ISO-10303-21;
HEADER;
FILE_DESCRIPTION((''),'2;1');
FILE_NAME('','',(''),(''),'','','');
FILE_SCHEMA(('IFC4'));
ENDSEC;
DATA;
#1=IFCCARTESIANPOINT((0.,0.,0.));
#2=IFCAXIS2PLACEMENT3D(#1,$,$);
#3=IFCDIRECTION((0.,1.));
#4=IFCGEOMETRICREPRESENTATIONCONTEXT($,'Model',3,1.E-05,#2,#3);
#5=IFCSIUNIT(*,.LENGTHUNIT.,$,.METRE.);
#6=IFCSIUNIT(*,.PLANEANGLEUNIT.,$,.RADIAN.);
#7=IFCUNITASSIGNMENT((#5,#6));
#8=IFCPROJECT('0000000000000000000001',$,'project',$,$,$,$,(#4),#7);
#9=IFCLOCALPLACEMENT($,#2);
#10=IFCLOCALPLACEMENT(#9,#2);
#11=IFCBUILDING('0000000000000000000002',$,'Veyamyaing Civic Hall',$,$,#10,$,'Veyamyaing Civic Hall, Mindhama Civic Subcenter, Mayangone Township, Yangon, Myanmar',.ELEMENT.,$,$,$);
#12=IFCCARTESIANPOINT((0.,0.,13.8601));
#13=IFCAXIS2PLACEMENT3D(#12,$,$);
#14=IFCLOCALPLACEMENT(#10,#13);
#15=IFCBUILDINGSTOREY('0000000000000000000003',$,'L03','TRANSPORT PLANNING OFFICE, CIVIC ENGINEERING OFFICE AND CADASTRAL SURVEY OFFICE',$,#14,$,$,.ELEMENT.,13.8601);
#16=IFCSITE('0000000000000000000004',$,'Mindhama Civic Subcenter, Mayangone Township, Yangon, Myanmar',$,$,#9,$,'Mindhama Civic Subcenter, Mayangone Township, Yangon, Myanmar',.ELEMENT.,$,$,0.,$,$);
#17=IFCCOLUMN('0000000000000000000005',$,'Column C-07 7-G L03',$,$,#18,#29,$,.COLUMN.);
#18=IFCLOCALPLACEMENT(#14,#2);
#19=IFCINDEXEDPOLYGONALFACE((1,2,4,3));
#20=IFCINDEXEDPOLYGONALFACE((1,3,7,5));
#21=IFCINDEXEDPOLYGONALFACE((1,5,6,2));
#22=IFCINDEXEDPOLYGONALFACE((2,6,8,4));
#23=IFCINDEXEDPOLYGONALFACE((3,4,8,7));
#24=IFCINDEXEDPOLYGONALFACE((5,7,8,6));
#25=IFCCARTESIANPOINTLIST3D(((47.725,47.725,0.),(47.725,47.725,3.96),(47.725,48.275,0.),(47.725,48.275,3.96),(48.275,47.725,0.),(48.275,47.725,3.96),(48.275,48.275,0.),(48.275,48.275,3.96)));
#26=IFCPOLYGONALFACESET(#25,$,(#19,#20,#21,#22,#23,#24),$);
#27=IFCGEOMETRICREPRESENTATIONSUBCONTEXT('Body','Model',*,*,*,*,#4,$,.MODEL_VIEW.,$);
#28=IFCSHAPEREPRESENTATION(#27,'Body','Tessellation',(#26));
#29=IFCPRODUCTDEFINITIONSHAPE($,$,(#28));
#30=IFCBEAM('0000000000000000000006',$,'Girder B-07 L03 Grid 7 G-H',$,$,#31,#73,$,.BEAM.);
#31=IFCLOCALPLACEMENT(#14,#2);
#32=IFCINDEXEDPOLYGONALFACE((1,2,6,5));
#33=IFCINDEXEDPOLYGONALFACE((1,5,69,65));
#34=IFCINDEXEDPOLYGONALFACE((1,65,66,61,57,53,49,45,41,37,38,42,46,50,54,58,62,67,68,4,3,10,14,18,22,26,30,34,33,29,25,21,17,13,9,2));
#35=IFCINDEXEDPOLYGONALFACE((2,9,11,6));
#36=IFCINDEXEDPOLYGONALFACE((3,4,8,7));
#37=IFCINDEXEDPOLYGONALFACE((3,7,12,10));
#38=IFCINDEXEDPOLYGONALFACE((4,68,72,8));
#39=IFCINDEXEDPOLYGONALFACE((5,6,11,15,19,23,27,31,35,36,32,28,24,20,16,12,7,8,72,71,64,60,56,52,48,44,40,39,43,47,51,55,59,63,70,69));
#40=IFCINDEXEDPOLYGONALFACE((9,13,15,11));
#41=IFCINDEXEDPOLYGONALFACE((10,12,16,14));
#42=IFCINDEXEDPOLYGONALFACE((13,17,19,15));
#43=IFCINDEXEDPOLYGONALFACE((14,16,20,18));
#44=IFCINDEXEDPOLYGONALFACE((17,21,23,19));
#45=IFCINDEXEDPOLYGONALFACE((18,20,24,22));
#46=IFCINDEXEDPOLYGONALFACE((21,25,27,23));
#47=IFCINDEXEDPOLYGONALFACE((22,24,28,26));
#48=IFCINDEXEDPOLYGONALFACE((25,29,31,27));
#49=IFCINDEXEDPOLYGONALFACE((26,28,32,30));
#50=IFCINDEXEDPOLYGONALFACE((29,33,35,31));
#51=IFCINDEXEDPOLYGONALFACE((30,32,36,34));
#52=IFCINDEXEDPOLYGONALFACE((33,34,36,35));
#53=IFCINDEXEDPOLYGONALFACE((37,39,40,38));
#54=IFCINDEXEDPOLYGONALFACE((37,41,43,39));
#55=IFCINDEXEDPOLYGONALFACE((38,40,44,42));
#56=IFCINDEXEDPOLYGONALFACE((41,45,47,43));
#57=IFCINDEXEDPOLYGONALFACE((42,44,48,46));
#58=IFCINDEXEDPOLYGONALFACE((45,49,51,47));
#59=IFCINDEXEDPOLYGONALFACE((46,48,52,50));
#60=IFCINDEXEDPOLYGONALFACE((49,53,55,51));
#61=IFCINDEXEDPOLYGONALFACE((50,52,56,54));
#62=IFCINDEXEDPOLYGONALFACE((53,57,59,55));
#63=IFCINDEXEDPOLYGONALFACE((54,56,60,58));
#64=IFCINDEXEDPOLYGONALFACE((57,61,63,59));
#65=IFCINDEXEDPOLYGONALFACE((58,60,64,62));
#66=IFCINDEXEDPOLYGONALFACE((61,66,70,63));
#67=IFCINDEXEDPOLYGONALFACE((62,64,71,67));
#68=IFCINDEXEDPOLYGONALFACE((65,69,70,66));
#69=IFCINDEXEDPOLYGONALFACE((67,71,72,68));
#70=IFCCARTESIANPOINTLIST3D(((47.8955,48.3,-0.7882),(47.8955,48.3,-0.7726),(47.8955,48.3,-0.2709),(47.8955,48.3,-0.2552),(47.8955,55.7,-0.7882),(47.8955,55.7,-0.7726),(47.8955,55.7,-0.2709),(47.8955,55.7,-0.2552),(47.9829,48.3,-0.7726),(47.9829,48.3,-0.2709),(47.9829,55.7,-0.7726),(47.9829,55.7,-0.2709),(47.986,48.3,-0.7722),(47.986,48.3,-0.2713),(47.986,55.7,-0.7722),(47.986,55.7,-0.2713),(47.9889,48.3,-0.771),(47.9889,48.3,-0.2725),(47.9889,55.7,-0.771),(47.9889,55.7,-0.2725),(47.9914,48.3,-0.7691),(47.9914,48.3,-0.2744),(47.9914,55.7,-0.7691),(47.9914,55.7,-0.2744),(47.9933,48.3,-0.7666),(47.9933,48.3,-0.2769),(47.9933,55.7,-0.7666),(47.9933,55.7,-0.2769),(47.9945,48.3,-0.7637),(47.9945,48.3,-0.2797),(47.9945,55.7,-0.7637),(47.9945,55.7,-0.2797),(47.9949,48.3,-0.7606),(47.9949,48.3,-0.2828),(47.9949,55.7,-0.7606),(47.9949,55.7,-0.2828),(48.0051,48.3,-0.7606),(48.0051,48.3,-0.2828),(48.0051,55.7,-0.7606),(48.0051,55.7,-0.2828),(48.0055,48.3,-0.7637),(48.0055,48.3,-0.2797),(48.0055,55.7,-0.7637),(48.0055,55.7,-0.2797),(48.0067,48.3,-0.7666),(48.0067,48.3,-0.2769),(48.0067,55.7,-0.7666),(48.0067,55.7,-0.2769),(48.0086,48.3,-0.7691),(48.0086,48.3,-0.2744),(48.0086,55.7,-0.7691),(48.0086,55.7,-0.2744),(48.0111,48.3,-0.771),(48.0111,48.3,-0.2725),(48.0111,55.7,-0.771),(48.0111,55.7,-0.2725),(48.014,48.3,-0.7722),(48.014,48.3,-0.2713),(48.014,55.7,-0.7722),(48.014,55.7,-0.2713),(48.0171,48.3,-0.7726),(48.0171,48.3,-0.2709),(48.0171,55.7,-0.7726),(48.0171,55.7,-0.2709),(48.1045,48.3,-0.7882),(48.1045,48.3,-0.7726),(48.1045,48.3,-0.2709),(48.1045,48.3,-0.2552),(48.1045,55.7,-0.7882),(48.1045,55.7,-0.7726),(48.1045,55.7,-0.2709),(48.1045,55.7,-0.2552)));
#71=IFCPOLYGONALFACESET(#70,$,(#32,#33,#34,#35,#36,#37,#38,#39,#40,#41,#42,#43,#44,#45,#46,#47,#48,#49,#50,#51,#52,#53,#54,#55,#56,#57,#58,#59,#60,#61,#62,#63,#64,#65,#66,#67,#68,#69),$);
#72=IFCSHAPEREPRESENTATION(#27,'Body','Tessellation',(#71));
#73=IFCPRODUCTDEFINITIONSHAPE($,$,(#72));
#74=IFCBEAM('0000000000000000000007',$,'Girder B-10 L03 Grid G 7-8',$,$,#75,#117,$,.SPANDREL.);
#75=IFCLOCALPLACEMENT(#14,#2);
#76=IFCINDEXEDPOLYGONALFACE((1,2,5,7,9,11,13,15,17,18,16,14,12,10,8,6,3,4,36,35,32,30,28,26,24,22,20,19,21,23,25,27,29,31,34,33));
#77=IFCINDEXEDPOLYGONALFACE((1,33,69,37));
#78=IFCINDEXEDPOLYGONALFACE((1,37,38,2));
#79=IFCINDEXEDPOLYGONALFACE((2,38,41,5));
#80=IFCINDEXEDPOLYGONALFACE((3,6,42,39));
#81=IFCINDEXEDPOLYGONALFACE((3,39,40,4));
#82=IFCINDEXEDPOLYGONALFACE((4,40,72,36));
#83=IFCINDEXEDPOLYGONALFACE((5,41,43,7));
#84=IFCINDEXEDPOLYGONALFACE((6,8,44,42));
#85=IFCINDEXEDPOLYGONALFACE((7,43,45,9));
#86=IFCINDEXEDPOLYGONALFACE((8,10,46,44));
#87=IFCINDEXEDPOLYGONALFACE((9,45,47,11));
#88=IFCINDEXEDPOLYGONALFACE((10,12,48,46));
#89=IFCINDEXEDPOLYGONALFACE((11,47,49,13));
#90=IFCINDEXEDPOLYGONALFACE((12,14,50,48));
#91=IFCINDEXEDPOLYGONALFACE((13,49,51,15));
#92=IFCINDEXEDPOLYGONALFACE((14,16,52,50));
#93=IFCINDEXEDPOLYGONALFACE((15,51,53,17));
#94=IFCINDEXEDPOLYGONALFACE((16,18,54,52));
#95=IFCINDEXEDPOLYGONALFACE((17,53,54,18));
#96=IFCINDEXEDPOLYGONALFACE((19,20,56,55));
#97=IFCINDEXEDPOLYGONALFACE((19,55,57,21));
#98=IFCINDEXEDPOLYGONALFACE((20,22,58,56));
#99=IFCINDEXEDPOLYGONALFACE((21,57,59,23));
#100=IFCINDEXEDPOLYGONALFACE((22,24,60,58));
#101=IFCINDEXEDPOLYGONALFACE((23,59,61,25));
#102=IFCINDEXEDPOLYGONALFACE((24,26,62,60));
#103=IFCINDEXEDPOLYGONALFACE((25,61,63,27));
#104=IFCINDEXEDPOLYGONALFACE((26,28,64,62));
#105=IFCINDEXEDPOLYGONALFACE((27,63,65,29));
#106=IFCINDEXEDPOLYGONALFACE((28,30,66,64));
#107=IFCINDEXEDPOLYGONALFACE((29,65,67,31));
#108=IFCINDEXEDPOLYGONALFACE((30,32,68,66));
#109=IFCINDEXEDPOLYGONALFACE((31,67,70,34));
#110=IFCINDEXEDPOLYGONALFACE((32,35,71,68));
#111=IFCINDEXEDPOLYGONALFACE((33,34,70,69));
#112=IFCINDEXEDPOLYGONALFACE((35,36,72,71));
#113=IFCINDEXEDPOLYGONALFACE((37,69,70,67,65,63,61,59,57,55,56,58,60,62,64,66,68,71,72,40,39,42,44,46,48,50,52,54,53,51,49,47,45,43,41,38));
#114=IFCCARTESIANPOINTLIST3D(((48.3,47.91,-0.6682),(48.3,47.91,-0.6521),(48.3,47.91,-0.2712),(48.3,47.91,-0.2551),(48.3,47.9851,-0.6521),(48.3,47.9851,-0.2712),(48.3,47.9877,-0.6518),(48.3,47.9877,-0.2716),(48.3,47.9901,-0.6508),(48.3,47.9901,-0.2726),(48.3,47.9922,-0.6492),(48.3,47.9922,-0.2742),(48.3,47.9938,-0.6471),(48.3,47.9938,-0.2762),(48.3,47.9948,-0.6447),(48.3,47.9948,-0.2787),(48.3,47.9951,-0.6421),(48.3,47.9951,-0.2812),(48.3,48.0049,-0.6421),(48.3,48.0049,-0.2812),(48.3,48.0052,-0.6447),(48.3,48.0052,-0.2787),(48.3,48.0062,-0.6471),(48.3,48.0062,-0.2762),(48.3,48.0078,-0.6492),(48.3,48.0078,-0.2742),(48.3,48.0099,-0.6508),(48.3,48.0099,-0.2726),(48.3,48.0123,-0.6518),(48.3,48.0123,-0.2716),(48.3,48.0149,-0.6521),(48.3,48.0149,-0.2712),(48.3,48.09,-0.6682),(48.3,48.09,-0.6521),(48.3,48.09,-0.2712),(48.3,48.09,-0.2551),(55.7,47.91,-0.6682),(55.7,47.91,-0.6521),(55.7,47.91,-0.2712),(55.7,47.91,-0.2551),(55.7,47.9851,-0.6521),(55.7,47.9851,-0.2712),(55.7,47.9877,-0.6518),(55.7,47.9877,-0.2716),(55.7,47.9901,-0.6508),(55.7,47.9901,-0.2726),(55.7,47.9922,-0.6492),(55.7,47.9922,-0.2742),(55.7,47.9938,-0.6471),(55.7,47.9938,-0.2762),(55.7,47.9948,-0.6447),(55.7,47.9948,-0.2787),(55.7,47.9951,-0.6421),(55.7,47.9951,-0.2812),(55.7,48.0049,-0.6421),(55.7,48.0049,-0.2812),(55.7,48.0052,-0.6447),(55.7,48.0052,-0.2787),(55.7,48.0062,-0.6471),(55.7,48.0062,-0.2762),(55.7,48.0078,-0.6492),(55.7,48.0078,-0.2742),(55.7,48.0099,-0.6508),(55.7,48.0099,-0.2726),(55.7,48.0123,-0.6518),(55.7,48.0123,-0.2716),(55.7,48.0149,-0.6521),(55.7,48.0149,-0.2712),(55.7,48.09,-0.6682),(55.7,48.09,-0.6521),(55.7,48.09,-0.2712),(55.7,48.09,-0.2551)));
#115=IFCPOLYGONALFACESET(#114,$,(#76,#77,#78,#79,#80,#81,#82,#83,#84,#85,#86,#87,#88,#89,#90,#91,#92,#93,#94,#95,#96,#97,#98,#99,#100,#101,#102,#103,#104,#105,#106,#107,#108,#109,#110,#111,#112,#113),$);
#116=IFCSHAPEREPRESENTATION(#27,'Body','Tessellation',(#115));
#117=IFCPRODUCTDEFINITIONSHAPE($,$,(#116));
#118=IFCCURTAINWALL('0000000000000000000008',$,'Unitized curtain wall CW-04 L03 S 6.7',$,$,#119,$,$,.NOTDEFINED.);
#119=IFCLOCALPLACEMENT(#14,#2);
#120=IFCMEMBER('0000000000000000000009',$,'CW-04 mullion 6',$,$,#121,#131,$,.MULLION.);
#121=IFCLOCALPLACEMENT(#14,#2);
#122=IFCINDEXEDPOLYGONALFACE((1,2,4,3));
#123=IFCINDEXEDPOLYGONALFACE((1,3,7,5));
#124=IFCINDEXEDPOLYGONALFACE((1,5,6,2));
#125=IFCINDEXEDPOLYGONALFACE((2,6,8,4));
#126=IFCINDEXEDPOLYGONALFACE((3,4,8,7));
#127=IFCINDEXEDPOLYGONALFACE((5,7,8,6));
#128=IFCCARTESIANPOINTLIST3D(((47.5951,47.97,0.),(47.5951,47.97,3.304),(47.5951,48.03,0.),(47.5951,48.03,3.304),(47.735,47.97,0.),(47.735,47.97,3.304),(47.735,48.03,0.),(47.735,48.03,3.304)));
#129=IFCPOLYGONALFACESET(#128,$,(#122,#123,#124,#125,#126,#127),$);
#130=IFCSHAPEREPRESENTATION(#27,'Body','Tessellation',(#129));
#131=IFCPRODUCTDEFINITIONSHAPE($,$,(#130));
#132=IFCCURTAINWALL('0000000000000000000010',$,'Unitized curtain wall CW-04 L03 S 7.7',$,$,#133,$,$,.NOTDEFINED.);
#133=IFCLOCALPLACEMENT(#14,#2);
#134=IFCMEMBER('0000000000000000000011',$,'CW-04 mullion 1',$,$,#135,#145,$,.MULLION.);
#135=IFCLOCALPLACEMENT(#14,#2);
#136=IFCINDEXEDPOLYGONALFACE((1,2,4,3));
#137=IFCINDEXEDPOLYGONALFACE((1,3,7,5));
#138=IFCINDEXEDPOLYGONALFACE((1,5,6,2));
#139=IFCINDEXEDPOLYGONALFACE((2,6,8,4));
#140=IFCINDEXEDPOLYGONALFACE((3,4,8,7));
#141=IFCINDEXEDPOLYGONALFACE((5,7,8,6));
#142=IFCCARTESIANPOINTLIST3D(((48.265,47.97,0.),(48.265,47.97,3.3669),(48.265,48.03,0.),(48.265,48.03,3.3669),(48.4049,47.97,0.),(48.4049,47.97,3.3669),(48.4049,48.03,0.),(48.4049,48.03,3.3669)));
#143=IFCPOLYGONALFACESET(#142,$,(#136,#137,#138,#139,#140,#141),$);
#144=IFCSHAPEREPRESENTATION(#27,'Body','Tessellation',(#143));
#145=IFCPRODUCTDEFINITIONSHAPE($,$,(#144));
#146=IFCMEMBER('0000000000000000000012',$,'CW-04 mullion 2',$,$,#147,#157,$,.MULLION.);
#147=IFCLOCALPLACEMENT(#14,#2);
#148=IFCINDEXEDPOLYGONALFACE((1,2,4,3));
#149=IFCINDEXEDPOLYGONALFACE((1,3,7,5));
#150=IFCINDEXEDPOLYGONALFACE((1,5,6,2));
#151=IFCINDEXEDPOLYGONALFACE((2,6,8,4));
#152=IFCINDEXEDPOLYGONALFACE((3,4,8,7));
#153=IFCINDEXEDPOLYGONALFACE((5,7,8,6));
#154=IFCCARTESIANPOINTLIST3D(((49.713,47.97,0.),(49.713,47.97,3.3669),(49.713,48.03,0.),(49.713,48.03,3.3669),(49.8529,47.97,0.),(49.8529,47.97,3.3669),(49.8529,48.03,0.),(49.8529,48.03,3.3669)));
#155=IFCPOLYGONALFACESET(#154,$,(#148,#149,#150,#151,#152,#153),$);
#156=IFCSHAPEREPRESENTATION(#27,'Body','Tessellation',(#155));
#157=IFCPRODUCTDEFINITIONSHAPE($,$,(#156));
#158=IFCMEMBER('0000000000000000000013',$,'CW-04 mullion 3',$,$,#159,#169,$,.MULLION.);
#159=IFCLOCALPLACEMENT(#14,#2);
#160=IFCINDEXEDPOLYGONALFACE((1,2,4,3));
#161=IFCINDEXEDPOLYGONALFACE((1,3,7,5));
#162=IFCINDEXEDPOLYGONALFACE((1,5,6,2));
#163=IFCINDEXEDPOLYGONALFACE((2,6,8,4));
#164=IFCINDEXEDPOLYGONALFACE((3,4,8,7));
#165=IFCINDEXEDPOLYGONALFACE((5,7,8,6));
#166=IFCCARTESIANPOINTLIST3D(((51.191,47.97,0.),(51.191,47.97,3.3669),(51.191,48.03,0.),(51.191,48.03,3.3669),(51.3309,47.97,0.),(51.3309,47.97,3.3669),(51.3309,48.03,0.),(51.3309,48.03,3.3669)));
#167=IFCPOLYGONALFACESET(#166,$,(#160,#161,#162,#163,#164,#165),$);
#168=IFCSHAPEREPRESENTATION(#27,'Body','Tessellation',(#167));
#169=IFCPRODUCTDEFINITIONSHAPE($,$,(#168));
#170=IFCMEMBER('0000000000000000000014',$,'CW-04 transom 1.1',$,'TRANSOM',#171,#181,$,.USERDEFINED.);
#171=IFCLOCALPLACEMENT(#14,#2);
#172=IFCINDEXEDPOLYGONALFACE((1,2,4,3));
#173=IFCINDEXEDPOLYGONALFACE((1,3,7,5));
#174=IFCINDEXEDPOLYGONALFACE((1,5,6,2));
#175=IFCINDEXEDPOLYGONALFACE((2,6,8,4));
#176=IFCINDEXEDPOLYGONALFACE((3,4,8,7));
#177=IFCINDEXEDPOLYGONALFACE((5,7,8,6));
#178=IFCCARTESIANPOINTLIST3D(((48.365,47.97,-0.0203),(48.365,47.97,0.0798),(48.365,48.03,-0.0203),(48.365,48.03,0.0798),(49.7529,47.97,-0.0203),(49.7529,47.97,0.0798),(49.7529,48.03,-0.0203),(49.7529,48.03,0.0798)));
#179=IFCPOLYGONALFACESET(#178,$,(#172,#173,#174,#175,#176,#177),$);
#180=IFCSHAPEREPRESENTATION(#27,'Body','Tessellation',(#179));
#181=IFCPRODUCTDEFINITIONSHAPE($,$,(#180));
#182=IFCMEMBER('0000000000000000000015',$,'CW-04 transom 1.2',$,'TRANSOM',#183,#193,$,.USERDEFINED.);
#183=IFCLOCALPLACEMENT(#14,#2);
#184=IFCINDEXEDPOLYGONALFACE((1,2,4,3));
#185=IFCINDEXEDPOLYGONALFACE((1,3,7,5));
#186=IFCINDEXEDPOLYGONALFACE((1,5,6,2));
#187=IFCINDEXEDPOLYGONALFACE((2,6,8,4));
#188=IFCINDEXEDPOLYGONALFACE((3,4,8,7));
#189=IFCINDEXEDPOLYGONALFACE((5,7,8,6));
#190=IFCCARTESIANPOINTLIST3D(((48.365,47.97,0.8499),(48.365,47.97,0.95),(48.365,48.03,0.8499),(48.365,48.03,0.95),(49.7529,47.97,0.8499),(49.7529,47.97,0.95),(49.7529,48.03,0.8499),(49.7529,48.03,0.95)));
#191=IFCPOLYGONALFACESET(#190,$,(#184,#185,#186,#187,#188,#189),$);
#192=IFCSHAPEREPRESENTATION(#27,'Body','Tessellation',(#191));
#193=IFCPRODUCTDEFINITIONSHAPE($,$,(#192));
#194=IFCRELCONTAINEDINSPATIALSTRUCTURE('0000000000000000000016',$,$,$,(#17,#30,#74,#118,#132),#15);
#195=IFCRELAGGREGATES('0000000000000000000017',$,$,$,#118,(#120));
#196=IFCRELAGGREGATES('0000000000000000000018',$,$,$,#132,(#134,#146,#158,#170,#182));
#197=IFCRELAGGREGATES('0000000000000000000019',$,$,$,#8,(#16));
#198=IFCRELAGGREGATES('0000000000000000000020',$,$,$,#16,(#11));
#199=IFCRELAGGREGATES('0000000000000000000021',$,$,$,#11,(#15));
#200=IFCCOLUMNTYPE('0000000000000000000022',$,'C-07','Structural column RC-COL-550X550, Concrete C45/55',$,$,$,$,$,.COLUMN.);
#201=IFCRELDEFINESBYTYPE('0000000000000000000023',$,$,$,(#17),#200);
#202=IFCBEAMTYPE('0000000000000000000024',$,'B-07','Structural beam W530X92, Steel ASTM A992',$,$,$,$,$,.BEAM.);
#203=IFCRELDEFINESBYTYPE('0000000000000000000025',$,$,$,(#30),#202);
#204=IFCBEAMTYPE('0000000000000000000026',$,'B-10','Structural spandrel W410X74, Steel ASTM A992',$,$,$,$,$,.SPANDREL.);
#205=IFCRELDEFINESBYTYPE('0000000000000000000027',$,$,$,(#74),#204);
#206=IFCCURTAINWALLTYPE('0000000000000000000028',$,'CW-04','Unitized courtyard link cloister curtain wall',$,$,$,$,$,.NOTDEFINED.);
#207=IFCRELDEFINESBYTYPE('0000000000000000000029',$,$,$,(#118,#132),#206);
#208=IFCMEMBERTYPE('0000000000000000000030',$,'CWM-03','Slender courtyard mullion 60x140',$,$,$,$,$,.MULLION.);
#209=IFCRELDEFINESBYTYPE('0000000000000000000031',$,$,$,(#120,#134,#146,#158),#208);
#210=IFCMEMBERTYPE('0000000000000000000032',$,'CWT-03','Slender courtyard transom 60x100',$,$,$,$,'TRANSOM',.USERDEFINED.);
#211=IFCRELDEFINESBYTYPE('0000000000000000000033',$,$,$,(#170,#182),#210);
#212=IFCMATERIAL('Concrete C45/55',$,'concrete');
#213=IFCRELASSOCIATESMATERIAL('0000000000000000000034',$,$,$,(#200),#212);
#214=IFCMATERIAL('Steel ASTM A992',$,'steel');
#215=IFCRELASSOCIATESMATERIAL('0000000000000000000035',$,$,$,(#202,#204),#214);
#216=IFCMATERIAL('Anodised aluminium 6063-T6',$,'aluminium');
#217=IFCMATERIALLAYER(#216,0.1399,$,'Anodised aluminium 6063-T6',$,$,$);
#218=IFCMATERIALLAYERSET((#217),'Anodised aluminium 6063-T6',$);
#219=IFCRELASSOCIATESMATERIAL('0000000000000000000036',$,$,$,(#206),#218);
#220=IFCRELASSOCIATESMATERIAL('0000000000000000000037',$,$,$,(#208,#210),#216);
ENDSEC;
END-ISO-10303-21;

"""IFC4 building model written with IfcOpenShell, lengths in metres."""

from ifc_helpers import new_model, si_unit, direction, frame, origin, origin_2d, place, context, subcontext, project, spatial, rectangle, i_section, extrude, material, layer, layer_set, material_profile, profile_set, type_object, element, aggregate, save


model = new_model("IFC4")

# Units and contexts
model_context = context("Model", 3, precision=1e-05, world=origin(), true_north=direction((0.0, 1.0)))
body_context = subcontext(model_context, "Body", "Model", "MODEL_VIEW")
ifc_project = project(units=[si_unit("LENGTHUNIT", "METRE"), si_unit("PLANEANGLEUNIT", "RADIAN")], contexts=[model_context])

# Site, building, storey
site_placement = place(None, origin())
site = spatial("IfcSite", under=ifc_project, at=site_placement, Name="Mindhama Civic Subcenter, Mayangone Township, Yangon, Myanmar", LongName="Mindhama Civic Subcenter, Mayangone Township, Yangon, Myanmar", CompositionType="ELEMENT", RefElevation=0.0)
building_placement = place(site_placement, origin())
building = spatial("IfcBuilding", under=site, at=building_placement, Name="Veyamyaing Civic Hall", LongName="Veyamyaing Civic Hall, Mindhama Civic Subcenter, Mayangone Township, Yangon, Myanmar", CompositionType="ELEMENT")
storey_placement = place(building_placement, frame((0.0, 0.0, 13.8601)))
storey = spatial("IfcBuildingStorey", under=building, at=storey_placement, Name="L03", Description="TRANSPORT PLANNING OFFICE, CIVIC ENGINEERING OFFICE AND CADASTRAL SURVEY OFFICE", CompositionType="ELEMENT", Elevation=13.8601)

# Column
ifc_material_1 = material(Name="Concrete C45/55", Category="concrete")
ifc_material_profile_1 = material_profile(ifc_material_1, rectangle(XDim=0.55, YDim=0.55, at=origin_2d()), Name="RC-COL-550X550")
ifc_profile_set_1 = profile_set([ifc_material_profile_1], Name="Concrete C45/55")
column_type = type_object("IfcColumnType", Name="C-07", Description="Structural column RC-COL-550X550, Concrete C45/55", PredefinedType="COLUMN", material=ifc_profile_set_1)
column_placement = place(storey_placement, frame((48.0, 48.0, 0.0), z_axis=(0.0, 0.0, 1.0), x_axis=(1.0, 0.0, 0.0)))
element("IfcColumn", 1, at=column_placement, inside=storey, type_object=column_type, Name="Column C-07 7-G L03", PredefinedType="COLUMN", context=body_context, shape_type="SweptSolid", body=[
    extrude(rectangle(XDim=0.55, YDim=0.55, at=origin_2d()), origin(), (0.0, 0.0, 1.0), 3.96),
])

# Beams
ifc_material_2 = material(Name="Steel ASTM A992", Category="steel")
ifc_material_profile_2 = material_profile(ifc_material_2, i_section(OverallWidth=0.209, OverallDepth=0.533, WebThickness=0.0103, FlangeThickness=0.0156, FilletRadius=0.012, at=origin_2d()), Name="W530X92")
ifc_profile_set_2 = profile_set([ifc_material_profile_2], Name="Steel ASTM A992")
beam_type_1 = type_object("IfcBeamType", Name="B-07", Description="Structural beam W530X92, Steel ASTM A992", PredefinedType="BEAM", material=ifc_profile_set_2)
beam_1_placement = place(storey_placement, frame((48.0, 48.3, -0.5217), z_axis=(0.0, 1.0, 0.0), x_axis=(-1.0, 0.0, 0.0)))
element("IfcBeam", 2, at=beam_1_placement, inside=storey, type_object=beam_type_1, Name="Girder B-07 L03 Grid 7 G-H", PredefinedType="BEAM", context=body_context, shape_type="SweptSolid", body=[
    extrude(i_section(OverallWidth=0.209, OverallDepth=0.533, WebThickness=0.0103, FlangeThickness=0.0156, FilletRadius=0.012, at=origin_2d()), origin(), (0.0, 0.0, 1.0), 7.3999),
])
ifc_material_profile_3 = material_profile(ifc_material_2, i_section(OverallWidth=0.1799, OverallDepth=0.4131, WebThickness=0.0098, FlangeThickness=0.0161, FilletRadius=0.01, at=origin_2d()), Name="W410X74")
ifc_profile_set_3 = profile_set([ifc_material_profile_3], Name="Steel ASTM A992")
beam_type_2 = type_object("IfcBeamType", Name="B-10", Description="Structural spandrel W410X74, Steel ASTM A992", PredefinedType="SPANDREL", material=ifc_profile_set_3)
beam_2_placement = place(storey_placement, frame((48.3, 48.0, -0.4617), z_axis=(1.0, 0.0, 0.0), x_axis=(0.0, 1.0, 0.0)))
element("IfcBeam", 3, at=beam_2_placement, inside=storey, type_object=beam_type_2, Name="Girder B-10 L03 Grid G 7-8", PredefinedType="SPANDREL", context=body_context, shape_type="SweptSolid", body=[
    extrude(i_section(OverallWidth=0.1799, OverallDepth=0.4131, WebThickness=0.0098, FlangeThickness=0.0161, FilletRadius=0.01, at=origin_2d()), origin(), (0.0, 0.0, 1.0), 7.3999),
])

# Curtain wall, member
ifc_material_3 = material(Name="Anodised aluminium 6063-T6", Category="aluminium")
ifc_layer_1 = layer(ifc_material_3, 0.1399, Name="Anodised aluminium 6063-T6")
ifc_layer_set_1 = layer_set([ifc_layer_1], Name="Anodised aluminium 6063-T6")
curtain_wall_type = type_object("IfcCurtainWallType", Name="CW-04", Description="Unitized courtyard link cloister curtain wall", PredefinedType="NOTDEFINED", material=ifc_layer_set_1)
curtain_wall_1_placement = place(storey_placement, origin())
curtain_wall_1 = element("IfcCurtainWall", 4, at=curtain_wall_1_placement, inside=storey, type_object=curtain_wall_type, Name="Unitized curtain wall CW-04 L03 S 6.7", PredefinedType="NOTDEFINED")
ifc_material_profile_4 = material_profile(ifc_material_3, rectangle(XDim=0.0601, YDim=0.1399, at=origin_2d()), Name="ALU-MUL-60X140")
ifc_profile_set_4 = profile_set([ifc_material_profile_4], Name="Anodised aluminium 6063-T6")
member_type_1 = type_object("IfcMemberType", Name="CWM-03", Description="Slender courtyard mullion 60x140", PredefinedType="MULLION", material=ifc_profile_set_4)
member_1_placement = place(storey_placement, frame((47.665, 48.0, 0.0), z_axis=(0.0, 0.0, 1.0), x_axis=(0.0, 1.0, 0.0)))
member_1 = element("IfcMember", 5, at=member_1_placement, type_object=member_type_1, Name="CW-04 mullion 6", PredefinedType="MULLION", context=body_context, shape_type="SweptSolid", body=[
    extrude(rectangle(XDim=0.0601, YDim=0.1399, at=origin_2d()), origin(), (0.0, 0.0, 1.0), 3.304),
])

# Curtain wall, members
curtain_wall_2_placement = place(storey_placement, origin())
curtain_wall_2 = element("IfcCurtainWall", 6, at=curtain_wall_2_placement, inside=storey, type_object=curtain_wall_type, Name="Unitized curtain wall CW-04 L03 S 7.7", PredefinedType="NOTDEFINED")
member_2_placement = place(storey_placement, frame((48.335, 48.0, 0.0), z_axis=(0.0, 0.0, 1.0), x_axis=(0.0, 1.0, 0.0)))
member_2 = element("IfcMember", 7, at=member_2_placement, type_object=member_type_1, Name="CW-04 mullion 1", PredefinedType="MULLION", context=body_context, shape_type="SweptSolid", body=[
    extrude(rectangle(XDim=0.0601, YDim=0.1399, at=origin_2d()), origin(), (0.0, 0.0, 1.0), 3.3669),
])
member_3_placement = place(storey_placement, frame((49.783, 48.0, 0.0), z_axis=(0.0, 0.0, 1.0), x_axis=(0.0, 1.0, 0.0)))
member_3 = element("IfcMember", 8, at=member_3_placement, type_object=member_type_1, Name="CW-04 mullion 2", PredefinedType="MULLION", context=body_context, shape_type="SweptSolid", body=[
    extrude(rectangle(XDim=0.0601, YDim=0.1399, at=origin_2d()), origin(), (0.0, 0.0, 1.0), 3.3669),
])
member_4_placement = place(storey_placement, frame((51.261, 48.0, 0.0), z_axis=(0.0, 0.0, 1.0), x_axis=(0.0, 1.0, 0.0)))
member_4 = element("IfcMember", 9, at=member_4_placement, type_object=member_type_1, Name="CW-04 mullion 3", PredefinedType="MULLION", context=body_context, shape_type="SweptSolid", body=[
    extrude(rectangle(XDim=0.0601, YDim=0.1399, at=origin_2d()), origin(), (0.0, 0.0, 1.0), 3.3669),
])
ifc_material_profile_5 = material_profile(ifc_material_3, rectangle(XDim=0.0601, YDim=0.1001, at=origin_2d()), Name="ALU-TRN-60X100")
ifc_profile_set_5 = profile_set([ifc_material_profile_5], Name="Anodised aluminium 6063-T6")
member_type_2 = type_object("IfcMemberType", Name="CWT-03", Description="Slender courtyard transom 60x100", ElementType="TRANSOM", PredefinedType="USERDEFINED", material=ifc_profile_set_5)
member_5_placement = place(storey_placement, frame((48.365, 48.0, 0.0298), z_axis=(1.0, 0.0, 0.0), x_axis=(0.0, 1.0, 0.0)))
member_5 = element("IfcMember", 10, at=member_5_placement, type_object=member_type_2, Name="CW-04 transom 1.1", ObjectType="TRANSOM", PredefinedType="USERDEFINED", context=body_context, shape_type="SweptSolid", body=[
    extrude(rectangle(XDim=0.0601, YDim=0.1001, at=origin_2d()), origin(), (0.0, 0.0, 1.0), 1.3879),
])
member_6_placement = place(storey_placement, frame((48.365, 48.0, 0.8999), z_axis=(1.0, 0.0, 0.0), x_axis=(0.0, 1.0, 0.0)))
member_6 = element("IfcMember", 11, at=member_6_placement, type_object=member_type_2, Name="CW-04 transom 1.2", ObjectType="TRANSOM", PredefinedType="USERDEFINED", context=body_context, shape_type="SweptSolid", body=[
    extrude(rectangle(XDim=0.0601, YDim=0.1001, at=origin_2d()), origin(), (0.0, 0.0, 1.0), 1.3879),
])

aggregate(curtain_wall_1, [member_1])
aggregate(curtain_wall_2, [member_2, member_3, member_4, member_5, member_6])

save(model, "model.ifc")
